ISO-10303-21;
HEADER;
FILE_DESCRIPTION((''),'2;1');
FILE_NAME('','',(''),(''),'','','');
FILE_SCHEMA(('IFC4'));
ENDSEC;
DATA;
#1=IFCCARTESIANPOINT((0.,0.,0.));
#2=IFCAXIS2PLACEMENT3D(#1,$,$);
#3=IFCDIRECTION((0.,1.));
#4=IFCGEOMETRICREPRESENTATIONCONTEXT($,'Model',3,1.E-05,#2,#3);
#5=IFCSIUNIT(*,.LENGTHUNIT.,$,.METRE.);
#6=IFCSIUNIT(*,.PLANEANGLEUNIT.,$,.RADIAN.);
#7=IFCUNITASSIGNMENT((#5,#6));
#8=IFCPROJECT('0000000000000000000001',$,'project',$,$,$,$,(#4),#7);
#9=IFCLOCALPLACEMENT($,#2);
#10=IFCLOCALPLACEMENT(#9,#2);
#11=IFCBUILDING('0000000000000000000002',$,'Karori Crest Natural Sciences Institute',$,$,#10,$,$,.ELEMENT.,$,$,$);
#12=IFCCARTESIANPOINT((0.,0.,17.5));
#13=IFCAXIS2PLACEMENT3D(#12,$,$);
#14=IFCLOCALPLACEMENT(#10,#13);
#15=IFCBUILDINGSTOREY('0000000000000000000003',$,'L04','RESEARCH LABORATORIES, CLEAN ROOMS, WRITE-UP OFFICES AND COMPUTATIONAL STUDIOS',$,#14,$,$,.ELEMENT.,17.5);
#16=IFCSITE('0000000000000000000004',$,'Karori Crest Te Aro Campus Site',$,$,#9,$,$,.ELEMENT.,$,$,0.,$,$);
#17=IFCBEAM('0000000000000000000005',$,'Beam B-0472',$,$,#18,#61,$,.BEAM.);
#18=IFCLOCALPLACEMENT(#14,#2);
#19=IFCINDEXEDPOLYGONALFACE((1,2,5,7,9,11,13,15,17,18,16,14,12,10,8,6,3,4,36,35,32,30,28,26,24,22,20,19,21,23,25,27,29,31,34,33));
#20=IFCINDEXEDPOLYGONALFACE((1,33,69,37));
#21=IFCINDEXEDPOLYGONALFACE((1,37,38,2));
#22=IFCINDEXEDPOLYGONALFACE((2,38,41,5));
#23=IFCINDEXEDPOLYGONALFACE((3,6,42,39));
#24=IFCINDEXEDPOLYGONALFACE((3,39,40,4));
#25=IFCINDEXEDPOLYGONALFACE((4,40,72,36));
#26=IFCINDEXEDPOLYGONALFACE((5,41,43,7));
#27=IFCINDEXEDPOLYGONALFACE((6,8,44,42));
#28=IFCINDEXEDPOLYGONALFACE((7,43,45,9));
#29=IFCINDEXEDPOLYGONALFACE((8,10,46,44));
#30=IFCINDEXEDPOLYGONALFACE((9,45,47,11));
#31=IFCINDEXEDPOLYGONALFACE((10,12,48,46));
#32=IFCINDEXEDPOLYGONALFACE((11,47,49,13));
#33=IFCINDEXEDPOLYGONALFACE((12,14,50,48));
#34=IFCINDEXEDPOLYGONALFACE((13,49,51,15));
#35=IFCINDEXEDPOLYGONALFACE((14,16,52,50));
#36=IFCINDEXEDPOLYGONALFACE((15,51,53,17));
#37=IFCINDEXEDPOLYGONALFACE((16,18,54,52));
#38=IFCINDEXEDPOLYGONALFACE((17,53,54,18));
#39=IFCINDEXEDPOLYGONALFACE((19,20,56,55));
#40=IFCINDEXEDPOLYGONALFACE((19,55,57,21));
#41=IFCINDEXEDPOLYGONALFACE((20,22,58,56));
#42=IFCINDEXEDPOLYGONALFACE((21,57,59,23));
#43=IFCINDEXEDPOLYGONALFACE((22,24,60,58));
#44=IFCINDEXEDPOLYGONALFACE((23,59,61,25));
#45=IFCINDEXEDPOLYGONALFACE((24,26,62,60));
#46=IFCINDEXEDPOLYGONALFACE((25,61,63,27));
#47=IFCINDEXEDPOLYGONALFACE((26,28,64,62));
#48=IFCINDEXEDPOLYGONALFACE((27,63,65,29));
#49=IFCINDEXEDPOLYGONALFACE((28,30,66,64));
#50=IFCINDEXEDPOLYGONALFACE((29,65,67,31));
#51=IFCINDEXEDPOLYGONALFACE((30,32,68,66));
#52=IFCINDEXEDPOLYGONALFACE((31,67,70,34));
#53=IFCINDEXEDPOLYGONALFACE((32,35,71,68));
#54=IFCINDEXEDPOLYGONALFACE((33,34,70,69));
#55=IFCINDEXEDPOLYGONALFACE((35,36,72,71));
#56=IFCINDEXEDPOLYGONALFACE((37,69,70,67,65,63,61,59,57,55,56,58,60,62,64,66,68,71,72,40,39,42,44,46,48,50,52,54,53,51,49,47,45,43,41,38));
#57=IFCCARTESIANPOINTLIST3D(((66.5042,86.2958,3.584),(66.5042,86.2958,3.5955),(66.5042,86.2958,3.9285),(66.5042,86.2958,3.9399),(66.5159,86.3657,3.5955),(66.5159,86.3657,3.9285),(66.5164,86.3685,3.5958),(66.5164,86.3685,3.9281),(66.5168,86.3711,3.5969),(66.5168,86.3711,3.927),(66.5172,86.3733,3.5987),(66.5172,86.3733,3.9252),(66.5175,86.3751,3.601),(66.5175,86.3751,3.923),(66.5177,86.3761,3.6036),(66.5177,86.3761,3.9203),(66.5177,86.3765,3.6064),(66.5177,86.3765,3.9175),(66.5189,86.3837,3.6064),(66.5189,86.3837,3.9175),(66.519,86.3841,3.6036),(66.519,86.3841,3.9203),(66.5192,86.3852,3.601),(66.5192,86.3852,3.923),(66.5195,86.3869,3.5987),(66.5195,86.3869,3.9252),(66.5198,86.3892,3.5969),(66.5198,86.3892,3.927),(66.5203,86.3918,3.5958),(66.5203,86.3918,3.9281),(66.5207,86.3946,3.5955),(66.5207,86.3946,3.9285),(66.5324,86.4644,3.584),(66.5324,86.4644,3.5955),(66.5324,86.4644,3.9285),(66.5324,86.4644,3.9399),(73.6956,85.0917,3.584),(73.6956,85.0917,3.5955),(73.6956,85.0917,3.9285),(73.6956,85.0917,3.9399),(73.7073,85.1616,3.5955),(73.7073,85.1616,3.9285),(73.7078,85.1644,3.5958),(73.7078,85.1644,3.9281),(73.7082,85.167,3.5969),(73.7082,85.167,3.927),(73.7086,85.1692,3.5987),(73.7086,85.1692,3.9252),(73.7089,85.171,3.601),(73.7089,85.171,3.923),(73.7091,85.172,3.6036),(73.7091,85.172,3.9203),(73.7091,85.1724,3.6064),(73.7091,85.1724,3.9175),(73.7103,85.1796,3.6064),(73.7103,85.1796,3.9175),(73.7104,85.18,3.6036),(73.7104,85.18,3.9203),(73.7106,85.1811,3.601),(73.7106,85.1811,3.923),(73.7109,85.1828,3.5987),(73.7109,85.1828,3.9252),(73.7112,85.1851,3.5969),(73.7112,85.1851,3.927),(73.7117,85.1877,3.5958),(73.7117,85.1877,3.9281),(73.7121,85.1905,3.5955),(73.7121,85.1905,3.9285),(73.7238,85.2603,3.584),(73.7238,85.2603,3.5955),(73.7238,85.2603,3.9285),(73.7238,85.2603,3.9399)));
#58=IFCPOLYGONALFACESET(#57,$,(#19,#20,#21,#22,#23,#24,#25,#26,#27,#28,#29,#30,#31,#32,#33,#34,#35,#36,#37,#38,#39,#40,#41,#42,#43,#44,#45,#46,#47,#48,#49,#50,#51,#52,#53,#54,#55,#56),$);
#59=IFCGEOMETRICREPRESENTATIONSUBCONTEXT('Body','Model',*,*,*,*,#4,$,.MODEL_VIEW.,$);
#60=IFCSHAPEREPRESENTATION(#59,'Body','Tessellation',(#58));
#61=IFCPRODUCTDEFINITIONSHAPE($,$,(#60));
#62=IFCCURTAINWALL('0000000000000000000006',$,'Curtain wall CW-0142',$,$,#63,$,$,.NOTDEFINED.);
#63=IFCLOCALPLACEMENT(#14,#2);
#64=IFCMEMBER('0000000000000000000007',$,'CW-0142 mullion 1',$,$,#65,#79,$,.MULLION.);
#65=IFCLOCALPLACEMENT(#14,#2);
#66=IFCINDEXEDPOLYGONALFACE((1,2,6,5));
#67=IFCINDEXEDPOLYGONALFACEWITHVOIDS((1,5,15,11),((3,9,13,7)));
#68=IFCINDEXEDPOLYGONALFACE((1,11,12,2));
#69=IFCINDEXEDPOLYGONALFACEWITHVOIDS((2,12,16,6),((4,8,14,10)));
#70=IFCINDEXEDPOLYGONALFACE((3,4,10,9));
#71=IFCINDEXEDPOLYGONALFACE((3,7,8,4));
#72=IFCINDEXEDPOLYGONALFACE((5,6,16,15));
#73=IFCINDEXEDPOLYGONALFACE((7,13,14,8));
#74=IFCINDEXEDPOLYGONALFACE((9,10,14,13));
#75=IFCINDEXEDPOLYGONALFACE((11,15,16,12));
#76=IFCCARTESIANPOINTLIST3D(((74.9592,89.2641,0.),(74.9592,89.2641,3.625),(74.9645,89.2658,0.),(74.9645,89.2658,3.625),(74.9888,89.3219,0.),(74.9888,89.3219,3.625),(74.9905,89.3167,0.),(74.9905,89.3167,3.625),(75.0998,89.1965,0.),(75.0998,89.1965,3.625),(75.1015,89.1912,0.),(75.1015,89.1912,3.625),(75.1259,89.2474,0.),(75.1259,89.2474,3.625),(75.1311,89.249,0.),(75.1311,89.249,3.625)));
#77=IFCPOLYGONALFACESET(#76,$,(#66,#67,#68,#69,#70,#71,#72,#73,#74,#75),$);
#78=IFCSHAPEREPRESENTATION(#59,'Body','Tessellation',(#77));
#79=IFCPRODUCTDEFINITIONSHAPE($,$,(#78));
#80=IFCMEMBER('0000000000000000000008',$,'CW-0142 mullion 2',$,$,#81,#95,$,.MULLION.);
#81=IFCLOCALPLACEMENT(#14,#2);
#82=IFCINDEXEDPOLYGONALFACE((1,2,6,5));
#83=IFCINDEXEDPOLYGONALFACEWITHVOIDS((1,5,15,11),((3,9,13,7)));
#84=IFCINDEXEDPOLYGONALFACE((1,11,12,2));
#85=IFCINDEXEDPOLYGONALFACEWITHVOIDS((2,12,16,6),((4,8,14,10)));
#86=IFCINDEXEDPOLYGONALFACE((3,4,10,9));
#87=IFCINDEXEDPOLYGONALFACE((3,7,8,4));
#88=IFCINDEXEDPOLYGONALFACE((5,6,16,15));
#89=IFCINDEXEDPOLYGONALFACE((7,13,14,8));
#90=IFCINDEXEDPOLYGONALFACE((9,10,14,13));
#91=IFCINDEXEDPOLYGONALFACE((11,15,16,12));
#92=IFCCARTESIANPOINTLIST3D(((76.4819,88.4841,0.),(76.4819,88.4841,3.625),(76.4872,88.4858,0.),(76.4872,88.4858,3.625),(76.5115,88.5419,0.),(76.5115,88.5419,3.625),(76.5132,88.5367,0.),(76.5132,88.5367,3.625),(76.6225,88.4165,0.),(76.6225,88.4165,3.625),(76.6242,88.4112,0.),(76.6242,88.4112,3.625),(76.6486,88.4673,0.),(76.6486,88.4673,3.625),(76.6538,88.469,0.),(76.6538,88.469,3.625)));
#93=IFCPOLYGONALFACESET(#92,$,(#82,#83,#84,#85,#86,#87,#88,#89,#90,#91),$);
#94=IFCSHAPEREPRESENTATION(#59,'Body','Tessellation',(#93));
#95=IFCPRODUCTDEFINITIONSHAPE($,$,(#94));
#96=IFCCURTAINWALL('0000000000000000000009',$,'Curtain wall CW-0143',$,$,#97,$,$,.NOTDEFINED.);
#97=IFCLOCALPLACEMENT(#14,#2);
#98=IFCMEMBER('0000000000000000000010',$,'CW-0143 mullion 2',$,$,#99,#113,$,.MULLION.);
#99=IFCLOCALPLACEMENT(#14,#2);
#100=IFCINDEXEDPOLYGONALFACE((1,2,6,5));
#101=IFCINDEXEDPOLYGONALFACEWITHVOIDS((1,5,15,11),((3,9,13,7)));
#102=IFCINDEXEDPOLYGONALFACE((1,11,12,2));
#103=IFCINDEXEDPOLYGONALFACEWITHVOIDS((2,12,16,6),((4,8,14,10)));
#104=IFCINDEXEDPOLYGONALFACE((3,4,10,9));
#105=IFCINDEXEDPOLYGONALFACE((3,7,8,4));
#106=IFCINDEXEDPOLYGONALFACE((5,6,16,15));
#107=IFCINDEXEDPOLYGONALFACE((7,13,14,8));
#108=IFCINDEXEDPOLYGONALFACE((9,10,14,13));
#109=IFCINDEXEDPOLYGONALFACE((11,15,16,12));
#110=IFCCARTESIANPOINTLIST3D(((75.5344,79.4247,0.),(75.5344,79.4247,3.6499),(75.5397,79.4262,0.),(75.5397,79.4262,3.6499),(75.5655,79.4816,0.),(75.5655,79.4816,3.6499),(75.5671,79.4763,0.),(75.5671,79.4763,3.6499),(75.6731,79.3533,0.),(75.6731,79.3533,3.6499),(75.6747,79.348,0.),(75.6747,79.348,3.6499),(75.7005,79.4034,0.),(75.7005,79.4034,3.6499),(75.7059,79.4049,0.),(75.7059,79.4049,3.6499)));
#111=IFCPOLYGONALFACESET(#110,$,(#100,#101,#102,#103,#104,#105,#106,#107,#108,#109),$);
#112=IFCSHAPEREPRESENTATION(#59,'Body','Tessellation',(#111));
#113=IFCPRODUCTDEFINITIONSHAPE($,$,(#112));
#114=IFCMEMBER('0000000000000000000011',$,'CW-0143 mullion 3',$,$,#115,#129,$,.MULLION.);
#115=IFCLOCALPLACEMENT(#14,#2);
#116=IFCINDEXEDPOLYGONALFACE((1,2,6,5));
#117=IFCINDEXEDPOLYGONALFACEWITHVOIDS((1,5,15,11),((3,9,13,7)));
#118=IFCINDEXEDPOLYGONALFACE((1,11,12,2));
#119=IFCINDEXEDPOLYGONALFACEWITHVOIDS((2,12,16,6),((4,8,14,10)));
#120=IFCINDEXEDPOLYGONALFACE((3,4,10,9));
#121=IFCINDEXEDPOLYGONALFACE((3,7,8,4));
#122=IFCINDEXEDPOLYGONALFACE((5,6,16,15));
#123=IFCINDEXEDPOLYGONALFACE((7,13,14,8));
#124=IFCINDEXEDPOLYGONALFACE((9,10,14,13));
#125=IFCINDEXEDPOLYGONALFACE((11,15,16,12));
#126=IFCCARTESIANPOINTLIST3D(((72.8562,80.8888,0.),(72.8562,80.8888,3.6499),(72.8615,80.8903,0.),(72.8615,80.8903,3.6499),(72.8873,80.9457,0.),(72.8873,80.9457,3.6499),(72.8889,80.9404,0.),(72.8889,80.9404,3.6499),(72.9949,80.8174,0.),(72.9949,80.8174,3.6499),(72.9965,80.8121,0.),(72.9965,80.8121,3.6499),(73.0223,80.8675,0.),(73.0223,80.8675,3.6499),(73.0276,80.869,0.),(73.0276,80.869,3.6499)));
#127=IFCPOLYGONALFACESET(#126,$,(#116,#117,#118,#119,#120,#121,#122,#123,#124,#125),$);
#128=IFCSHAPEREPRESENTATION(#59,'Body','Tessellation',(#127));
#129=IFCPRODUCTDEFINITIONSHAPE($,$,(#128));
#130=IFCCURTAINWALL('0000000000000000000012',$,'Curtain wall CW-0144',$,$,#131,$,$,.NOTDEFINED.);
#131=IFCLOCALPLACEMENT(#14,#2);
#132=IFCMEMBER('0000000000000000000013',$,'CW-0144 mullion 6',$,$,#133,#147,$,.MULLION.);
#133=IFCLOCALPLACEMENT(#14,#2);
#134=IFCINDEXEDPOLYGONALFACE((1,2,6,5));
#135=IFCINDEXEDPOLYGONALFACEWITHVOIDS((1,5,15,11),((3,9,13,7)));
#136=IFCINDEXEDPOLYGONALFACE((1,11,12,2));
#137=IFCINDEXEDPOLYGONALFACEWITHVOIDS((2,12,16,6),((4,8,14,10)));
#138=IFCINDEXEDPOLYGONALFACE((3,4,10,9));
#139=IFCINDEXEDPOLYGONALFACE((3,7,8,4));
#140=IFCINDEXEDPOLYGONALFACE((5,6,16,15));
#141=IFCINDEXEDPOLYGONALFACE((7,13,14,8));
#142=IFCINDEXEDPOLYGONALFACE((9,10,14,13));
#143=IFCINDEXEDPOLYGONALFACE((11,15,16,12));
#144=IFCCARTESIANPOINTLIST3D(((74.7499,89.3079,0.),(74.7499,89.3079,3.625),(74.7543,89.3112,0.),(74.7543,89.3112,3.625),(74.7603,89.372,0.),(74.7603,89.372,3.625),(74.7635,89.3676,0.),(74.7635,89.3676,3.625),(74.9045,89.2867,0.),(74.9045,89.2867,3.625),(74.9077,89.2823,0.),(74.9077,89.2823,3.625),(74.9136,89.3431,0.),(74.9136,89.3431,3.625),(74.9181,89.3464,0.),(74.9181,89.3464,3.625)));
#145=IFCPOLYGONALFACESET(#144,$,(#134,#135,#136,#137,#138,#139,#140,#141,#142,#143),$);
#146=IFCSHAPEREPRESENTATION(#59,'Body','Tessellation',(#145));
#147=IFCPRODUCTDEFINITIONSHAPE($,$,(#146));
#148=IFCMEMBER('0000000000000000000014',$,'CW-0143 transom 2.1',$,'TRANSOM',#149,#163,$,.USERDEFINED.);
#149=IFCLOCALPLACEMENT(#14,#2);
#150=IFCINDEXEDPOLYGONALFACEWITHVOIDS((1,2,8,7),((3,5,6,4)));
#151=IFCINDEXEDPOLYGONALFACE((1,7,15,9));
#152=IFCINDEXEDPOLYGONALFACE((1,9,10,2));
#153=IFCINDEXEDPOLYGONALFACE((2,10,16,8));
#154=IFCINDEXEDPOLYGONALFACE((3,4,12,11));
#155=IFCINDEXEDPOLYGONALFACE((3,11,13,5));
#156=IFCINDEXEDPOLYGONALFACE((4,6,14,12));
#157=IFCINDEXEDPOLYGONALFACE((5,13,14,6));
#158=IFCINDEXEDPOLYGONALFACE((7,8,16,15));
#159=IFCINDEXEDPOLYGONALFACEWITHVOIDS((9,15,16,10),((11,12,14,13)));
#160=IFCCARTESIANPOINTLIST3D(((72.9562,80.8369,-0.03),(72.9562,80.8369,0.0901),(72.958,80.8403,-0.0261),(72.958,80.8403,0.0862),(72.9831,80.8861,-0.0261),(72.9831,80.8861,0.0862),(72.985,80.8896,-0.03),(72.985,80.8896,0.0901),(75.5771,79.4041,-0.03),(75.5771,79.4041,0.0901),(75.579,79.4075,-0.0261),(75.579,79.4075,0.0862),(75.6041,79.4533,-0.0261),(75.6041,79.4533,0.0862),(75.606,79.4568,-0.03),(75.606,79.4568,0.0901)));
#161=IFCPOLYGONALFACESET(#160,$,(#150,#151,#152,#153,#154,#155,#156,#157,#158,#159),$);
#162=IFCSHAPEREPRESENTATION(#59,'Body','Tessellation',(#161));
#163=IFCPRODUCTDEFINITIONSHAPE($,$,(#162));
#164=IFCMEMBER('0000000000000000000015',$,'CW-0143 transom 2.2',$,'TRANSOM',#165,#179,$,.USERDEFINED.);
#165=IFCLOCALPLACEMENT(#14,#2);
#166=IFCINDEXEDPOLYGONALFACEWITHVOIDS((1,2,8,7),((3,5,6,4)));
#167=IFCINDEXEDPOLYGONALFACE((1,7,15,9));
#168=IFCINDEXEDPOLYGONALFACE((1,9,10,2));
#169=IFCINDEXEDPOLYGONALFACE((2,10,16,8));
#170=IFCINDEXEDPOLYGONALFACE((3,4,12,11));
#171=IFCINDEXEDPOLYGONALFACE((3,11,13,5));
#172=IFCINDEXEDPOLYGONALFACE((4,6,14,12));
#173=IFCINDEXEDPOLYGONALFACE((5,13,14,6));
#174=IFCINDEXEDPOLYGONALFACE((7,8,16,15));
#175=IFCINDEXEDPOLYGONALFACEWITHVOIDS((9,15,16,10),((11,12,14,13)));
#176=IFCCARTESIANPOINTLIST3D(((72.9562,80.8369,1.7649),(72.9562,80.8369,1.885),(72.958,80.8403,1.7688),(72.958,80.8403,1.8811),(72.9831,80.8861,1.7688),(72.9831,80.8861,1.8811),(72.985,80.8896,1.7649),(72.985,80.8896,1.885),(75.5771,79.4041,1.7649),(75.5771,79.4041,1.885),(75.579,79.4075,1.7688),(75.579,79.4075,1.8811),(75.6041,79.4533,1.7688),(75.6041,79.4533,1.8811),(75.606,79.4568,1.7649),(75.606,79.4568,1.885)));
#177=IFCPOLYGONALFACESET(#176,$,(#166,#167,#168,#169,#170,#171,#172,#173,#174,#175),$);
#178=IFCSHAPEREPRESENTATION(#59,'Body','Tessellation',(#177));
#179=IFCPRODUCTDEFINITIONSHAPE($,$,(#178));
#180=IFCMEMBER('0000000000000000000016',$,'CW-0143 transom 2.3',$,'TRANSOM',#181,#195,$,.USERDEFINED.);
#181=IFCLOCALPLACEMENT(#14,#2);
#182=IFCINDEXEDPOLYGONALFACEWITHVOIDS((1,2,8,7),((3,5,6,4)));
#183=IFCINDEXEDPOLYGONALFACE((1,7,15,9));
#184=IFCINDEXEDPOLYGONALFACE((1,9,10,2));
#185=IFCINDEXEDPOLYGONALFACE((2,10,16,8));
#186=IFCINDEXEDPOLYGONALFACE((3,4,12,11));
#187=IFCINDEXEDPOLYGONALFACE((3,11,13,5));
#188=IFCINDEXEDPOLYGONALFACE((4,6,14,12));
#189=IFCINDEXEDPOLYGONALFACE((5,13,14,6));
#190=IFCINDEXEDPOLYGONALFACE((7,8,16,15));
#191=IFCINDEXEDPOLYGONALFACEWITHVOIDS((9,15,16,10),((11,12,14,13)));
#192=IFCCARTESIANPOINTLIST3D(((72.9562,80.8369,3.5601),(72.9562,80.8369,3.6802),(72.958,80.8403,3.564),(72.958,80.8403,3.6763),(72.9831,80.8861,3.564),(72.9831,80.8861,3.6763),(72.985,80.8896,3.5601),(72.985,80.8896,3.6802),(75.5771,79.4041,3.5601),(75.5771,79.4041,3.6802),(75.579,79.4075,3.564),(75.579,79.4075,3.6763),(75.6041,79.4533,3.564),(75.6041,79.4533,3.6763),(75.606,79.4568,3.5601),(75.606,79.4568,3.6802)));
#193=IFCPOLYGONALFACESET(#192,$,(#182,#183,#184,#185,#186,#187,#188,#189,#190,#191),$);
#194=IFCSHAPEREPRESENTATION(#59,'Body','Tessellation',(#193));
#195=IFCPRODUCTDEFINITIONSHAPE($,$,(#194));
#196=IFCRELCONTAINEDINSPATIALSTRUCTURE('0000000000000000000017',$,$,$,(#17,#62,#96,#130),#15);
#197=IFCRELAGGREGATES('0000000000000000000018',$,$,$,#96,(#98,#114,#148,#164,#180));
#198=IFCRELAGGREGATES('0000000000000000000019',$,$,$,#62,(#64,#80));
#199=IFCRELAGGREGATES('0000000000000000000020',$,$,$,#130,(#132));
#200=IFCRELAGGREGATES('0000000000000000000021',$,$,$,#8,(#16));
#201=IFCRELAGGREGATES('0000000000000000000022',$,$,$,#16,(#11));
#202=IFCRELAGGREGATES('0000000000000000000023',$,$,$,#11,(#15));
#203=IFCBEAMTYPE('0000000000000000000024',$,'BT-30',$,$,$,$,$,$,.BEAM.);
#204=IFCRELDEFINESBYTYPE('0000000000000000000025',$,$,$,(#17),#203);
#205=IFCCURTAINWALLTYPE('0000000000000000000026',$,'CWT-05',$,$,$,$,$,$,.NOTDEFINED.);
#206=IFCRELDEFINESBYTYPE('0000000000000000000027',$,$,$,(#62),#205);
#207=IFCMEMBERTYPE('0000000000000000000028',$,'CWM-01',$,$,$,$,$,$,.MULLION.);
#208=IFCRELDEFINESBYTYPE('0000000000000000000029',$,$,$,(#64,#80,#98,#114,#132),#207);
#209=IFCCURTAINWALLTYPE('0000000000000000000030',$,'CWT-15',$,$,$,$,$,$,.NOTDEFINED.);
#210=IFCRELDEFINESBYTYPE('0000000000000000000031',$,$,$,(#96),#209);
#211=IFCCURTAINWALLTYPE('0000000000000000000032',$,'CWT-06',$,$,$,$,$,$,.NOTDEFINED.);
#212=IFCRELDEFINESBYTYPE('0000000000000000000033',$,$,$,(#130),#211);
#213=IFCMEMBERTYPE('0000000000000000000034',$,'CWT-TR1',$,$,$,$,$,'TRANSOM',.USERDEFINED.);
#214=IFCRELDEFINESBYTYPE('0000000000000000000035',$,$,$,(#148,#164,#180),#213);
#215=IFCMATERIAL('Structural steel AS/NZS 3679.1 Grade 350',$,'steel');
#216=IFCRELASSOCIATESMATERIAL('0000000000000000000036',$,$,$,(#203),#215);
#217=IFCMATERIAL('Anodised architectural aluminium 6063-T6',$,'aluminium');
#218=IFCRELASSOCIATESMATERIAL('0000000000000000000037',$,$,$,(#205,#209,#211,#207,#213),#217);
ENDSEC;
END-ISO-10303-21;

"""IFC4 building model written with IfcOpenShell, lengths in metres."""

from ifc_helpers import new_model, si_unit, direction, frame, origin, origin_2d, place, context, subcontext, project, spatial, hollow_rectangle, i_section, extrude, material, material_profile, profile_set, type_object, element, aggregate, save


model = new_model("IFC4")

# Units and contexts
model_context = context("Model", 3, precision=1e-05, world=origin(), true_north=direction((0.0, 1.0)))
body_context = subcontext(model_context, "Body", "Model", "MODEL_VIEW")
ifc_project = project(units=[si_unit("LENGTHUNIT", "METRE"), si_unit("PLANEANGLEUNIT", "RADIAN")], contexts=[model_context])

# Site, building, storey
site_placement = place(None, origin())
site = spatial("IfcSite", under=ifc_project, at=site_placement, Name="Karori Crest Te Aro Campus Site", CompositionType="ELEMENT", RefElevation=0.0)
building_placement = place(site_placement, origin())
building = spatial("IfcBuilding", under=site, at=building_placement, Name="Karori Crest Natural Sciences Institute", CompositionType="ELEMENT")
storey_placement = place(building_placement, frame((0.0, 0.0, 17.5)))
storey = spatial("IfcBuildingStorey", under=building, at=storey_placement, Name="L04", Description="RESEARCH LABORATORIES, CLEAN ROOMS, WRITE-UP OFFICES AND COMPUTATIONAL STUDIOS", CompositionType="ELEMENT", Elevation=17.5)

# Shared definitions
ifc_material_1 = material(Name="Structural steel AS/NZS 3679.1 Grade 350", Category="steel")

# Beam
ifc_material_profile_1 = material_profile(ifc_material_1, i_section(OverallWidth=0.1709, OverallDepth=0.356, WebThickness=0.0073, FlangeThickness=0.0115, FilletRadius=0.011, at=origin_2d()), Name="360UB50.7")
ifc_profile_set_1 = profile_set([ifc_material_profile_1], Name="Structural steel AS/NZS 3679.1 Grade 350")
beam_type_1 = type_object("IfcBeamType", Name="BT-30", PredefinedType="BEAM", material=ifc_profile_set_1)
beam_1_placement = place(storey_placement, frame((73.7097, 85.176, 3.762), z_axis=(-0.986271, 0.165137, 0.0), x_axis=(-0.165137, -0.986271, 0.0)))
element("IfcBeam", 1, at=beam_1_placement, inside=storey, type_object=beam_type_1, Name="Beam B-0472", PredefinedType="BEAM", context=body_context, shape_type="SweptSolid", body=[
    extrude(i_section(OverallWidth=0.1709, OverallDepth=0.356, WebThickness=0.0073, FlangeThickness=0.0115, FilletRadius=0.011, at=origin_2d()), origin(), (0.0, 0.0, 1.0), 7.2915),
])

# Curtain walls, members
ifc_material_2 = material(Name="Anodised architectural aluminium 6063-T6", Category="aluminium")
curtain_wall_type_1 = type_object("IfcCurtainWallType", Name="CWT-05", PredefinedType="NOTDEFINED", material=ifc_material_2)
curtain_wall_1_placement = place(storey_placement, origin())
curtain_wall_1 = element("IfcCurtainWall", 2, at=curtain_wall_1_placement, inside=storey, type_object=curtain_wall_type_1, Name="Curtain wall CW-0142", PredefinedType="NOTDEFINED")
ifc_material_profile_2 = material_profile(ifc_material_2, hollow_rectangle(XDim=0.0649, YDim=0.1599, WallThickness=0.0039, at=origin_2d()), Name="CWM160x65x4")
ifc_profile_set_2 = profile_set([ifc_material_profile_2], Name="Anodised architectural aluminium 6063-T6")
member_type_1 = type_object("IfcMemberType", Name="CWM-01", PredefinedType="MULLION", material=ifc_profile_set_2)
member_1_placement = place(storey_placement, frame((75.0452, 89.2566, 0.0), z_axis=(0.0, 0.0, 1.0), x_axis=(0.455829, 0.890067, 0.0)))
member_1 = element("IfcMember", 3, at=member_1_placement, type_object=member_type_1, Name="CW-0142 mullion 1", PredefinedType="MULLION", context=body_context, shape_type="SweptSolid", body=[
    extrude(hollow_rectangle(XDim=0.0649, YDim=0.1599, WallThickness=0.0039, at=origin_2d()), origin(), (0.0, 0.0, 1.0), 3.625),
])
member_2_placement = place(storey_placement, frame((76.5679, 88.4766, 0.0), z_axis=(0.0, 0.0, 1.0), x_axis=(0.455829, 0.890067, 0.0)))
member_2 = element("IfcMember", 4, at=member_2_placement, type_object=member_type_1, Name="CW-0142 mullion 2", PredefinedType="MULLION", context=body_context, shape_type="SweptSolid", body=[
    extrude(hollow_rectangle(XDim=0.0649, YDim=0.1599, WallThickness=0.0039, at=origin_2d()), origin(), (0.0, 0.0, 1.0), 3.625),
])
curtain_wall_type_2 = type_object("IfcCurtainWallType", Name="CWT-15", PredefinedType="NOTDEFINED", material=ifc_material_2)
curtain_wall_2_placement = place(storey_placement, origin())
curtain_wall_2 = element("IfcCurtainWall", 5, at=curtain_wall_2_placement, inside=storey, type_object=curtain_wall_type_2, Name="Curtain wall CW-0143", PredefinedType="NOTDEFINED")
member_3_placement = place(storey_placement, frame((75.6201, 79.4148, 0.0), z_axis=(0.0, 0.0, 1.0), x_axis=(-0.479631, -0.87747, 0.0)))
member_3 = element("IfcMember", 6, at=member_3_placement, type_object=member_type_1, Name="CW-0143 mullion 2", PredefinedType="MULLION", context=body_context, shape_type="SweptSolid", body=[
    extrude(hollow_rectangle(XDim=0.0649, YDim=0.1599, WallThickness=0.0039, at=origin_2d()), origin(), (0.0, 0.0, 1.0), 3.6499),
])
member_4_placement = place(storey_placement, frame((72.9419, 80.8789, 0.0), z_axis=(0.0, 0.0, 1.0), x_axis=(-0.479631, -0.87747, 0.0)))
member_4 = element("IfcMember", 7, at=member_4_placement, type_object=member_type_1, Name="CW-0143 mullion 3", PredefinedType="MULLION", context=body_context, shape_type="SweptSolid", body=[
    extrude(hollow_rectangle(XDim=0.0649, YDim=0.1599, WallThickness=0.0039, at=origin_2d()), origin(), (0.0, 0.0, 1.0), 3.6499),
])

# Curtain wall, member
curtain_wall_type_3 = type_object("IfcCurtainWallType", Name="CWT-06", PredefinedType="NOTDEFINED", material=ifc_material_2)
curtain_wall_3_placement = place(storey_placement, origin())
curtain_wall_3 = element("IfcCurtainWall", 8, at=curtain_wall_3_placement, inside=storey, type_object=curtain_wall_type_3, Name="Curtain wall CW-0144", PredefinedType="NOTDEFINED")
member_5_placement = place(storey_placement, frame((74.834, 89.3271, 0.0), z_axis=(0.0, 0.0, 1.0), x_axis=(0.160655, 0.987011, 0.0)))
member_5 = element("IfcMember", 9, at=member_5_placement, type_object=member_type_1, Name="CW-0144 mullion 6", PredefinedType="MULLION", context=body_context, shape_type="SweptSolid", body=[
    extrude(hollow_rectangle(XDim=0.0649, YDim=0.1599, WallThickness=0.0039, at=origin_2d()), origin(), (0.0, 0.0, 1.0), 3.625),
])

# Members
ifc_material_profile_3 = material_profile(ifc_material_2, hollow_rectangle(XDim=0.0601, YDim=0.1201, WallThickness=0.0039, at=origin_2d()), Name="CWT120x60x4")
ifc_profile_set_3 = profile_set([ifc_material_profile_3], Name="Anodised architectural aluminium 6063-T6")
member_type_2 = type_object("IfcMemberType", Name="CWT-TR1", ElementType="TRANSOM", PredefinedType="USERDEFINED", material=ifc_profile_set_3)
member_6_placement = place(storey_placement, frame((75.5916, 79.4304, 0.03), z_axis=(-0.877449, 0.479671, 0.0), x_axis=(-0.479671, -0.877449, 0.0)))
member_6 = element("IfcMember", 10, at=member_6_placement, type_object=member_type_2, Name="CW-0143 transom 2.1", ObjectType="TRANSOM", PredefinedType="USERDEFINED", context=body_context, shape_type="SweptSolid", body=[
    extrude(hollow_rectangle(XDim=0.0601, YDim=0.1201, WallThickness=0.0039, at=origin_2d()), origin(), (0.0, 0.0, 1.0), 2.9871),
])
member_7_placement = place(storey_placement, frame((75.5916, 79.4304, 1.825), z_axis=(-0.877449, 0.479671, 0.0), x_axis=(-0.479671, -0.877449, 0.0)))
member_7 = element("IfcMember", 11, at=member_7_placement, type_object=member_type_2, Name="CW-0143 transom 2.2", ObjectType="TRANSOM", PredefinedType="USERDEFINED", context=body_context, shape_type="SweptSolid", body=[
    extrude(hollow_rectangle(XDim=0.0601, YDim=0.1201, WallThickness=0.0039, at=origin_2d()), origin(), (0.0, 0.0, 1.0), 2.9871),
])
member_8_placement = place(storey_placement, frame((75.5916, 79.4304, 3.6201), z_axis=(-0.877449, 0.479671, 0.0), x_axis=(-0.479671, -0.877449, 0.0)))
member_8 = element("IfcMember", 12, at=member_8_placement, type_object=member_type_2, Name="CW-0143 transom 2.3", ObjectType="TRANSOM", PredefinedType="USERDEFINED", context=body_context, shape_type="SweptSolid", body=[
    extrude(hollow_rectangle(XDim=0.0601, YDim=0.1201, WallThickness=0.0039, at=origin_2d()), origin(), (0.0, 0.0, 1.0), 2.9871),
])

aggregate(curtain_wall_2, [member_3, member_4, member_6, member_7, member_8])
aggregate(curtain_wall_1, [member_1, member_2])
aggregate(curtain_wall_3, [member_5])

save(model, "model.ifc")
